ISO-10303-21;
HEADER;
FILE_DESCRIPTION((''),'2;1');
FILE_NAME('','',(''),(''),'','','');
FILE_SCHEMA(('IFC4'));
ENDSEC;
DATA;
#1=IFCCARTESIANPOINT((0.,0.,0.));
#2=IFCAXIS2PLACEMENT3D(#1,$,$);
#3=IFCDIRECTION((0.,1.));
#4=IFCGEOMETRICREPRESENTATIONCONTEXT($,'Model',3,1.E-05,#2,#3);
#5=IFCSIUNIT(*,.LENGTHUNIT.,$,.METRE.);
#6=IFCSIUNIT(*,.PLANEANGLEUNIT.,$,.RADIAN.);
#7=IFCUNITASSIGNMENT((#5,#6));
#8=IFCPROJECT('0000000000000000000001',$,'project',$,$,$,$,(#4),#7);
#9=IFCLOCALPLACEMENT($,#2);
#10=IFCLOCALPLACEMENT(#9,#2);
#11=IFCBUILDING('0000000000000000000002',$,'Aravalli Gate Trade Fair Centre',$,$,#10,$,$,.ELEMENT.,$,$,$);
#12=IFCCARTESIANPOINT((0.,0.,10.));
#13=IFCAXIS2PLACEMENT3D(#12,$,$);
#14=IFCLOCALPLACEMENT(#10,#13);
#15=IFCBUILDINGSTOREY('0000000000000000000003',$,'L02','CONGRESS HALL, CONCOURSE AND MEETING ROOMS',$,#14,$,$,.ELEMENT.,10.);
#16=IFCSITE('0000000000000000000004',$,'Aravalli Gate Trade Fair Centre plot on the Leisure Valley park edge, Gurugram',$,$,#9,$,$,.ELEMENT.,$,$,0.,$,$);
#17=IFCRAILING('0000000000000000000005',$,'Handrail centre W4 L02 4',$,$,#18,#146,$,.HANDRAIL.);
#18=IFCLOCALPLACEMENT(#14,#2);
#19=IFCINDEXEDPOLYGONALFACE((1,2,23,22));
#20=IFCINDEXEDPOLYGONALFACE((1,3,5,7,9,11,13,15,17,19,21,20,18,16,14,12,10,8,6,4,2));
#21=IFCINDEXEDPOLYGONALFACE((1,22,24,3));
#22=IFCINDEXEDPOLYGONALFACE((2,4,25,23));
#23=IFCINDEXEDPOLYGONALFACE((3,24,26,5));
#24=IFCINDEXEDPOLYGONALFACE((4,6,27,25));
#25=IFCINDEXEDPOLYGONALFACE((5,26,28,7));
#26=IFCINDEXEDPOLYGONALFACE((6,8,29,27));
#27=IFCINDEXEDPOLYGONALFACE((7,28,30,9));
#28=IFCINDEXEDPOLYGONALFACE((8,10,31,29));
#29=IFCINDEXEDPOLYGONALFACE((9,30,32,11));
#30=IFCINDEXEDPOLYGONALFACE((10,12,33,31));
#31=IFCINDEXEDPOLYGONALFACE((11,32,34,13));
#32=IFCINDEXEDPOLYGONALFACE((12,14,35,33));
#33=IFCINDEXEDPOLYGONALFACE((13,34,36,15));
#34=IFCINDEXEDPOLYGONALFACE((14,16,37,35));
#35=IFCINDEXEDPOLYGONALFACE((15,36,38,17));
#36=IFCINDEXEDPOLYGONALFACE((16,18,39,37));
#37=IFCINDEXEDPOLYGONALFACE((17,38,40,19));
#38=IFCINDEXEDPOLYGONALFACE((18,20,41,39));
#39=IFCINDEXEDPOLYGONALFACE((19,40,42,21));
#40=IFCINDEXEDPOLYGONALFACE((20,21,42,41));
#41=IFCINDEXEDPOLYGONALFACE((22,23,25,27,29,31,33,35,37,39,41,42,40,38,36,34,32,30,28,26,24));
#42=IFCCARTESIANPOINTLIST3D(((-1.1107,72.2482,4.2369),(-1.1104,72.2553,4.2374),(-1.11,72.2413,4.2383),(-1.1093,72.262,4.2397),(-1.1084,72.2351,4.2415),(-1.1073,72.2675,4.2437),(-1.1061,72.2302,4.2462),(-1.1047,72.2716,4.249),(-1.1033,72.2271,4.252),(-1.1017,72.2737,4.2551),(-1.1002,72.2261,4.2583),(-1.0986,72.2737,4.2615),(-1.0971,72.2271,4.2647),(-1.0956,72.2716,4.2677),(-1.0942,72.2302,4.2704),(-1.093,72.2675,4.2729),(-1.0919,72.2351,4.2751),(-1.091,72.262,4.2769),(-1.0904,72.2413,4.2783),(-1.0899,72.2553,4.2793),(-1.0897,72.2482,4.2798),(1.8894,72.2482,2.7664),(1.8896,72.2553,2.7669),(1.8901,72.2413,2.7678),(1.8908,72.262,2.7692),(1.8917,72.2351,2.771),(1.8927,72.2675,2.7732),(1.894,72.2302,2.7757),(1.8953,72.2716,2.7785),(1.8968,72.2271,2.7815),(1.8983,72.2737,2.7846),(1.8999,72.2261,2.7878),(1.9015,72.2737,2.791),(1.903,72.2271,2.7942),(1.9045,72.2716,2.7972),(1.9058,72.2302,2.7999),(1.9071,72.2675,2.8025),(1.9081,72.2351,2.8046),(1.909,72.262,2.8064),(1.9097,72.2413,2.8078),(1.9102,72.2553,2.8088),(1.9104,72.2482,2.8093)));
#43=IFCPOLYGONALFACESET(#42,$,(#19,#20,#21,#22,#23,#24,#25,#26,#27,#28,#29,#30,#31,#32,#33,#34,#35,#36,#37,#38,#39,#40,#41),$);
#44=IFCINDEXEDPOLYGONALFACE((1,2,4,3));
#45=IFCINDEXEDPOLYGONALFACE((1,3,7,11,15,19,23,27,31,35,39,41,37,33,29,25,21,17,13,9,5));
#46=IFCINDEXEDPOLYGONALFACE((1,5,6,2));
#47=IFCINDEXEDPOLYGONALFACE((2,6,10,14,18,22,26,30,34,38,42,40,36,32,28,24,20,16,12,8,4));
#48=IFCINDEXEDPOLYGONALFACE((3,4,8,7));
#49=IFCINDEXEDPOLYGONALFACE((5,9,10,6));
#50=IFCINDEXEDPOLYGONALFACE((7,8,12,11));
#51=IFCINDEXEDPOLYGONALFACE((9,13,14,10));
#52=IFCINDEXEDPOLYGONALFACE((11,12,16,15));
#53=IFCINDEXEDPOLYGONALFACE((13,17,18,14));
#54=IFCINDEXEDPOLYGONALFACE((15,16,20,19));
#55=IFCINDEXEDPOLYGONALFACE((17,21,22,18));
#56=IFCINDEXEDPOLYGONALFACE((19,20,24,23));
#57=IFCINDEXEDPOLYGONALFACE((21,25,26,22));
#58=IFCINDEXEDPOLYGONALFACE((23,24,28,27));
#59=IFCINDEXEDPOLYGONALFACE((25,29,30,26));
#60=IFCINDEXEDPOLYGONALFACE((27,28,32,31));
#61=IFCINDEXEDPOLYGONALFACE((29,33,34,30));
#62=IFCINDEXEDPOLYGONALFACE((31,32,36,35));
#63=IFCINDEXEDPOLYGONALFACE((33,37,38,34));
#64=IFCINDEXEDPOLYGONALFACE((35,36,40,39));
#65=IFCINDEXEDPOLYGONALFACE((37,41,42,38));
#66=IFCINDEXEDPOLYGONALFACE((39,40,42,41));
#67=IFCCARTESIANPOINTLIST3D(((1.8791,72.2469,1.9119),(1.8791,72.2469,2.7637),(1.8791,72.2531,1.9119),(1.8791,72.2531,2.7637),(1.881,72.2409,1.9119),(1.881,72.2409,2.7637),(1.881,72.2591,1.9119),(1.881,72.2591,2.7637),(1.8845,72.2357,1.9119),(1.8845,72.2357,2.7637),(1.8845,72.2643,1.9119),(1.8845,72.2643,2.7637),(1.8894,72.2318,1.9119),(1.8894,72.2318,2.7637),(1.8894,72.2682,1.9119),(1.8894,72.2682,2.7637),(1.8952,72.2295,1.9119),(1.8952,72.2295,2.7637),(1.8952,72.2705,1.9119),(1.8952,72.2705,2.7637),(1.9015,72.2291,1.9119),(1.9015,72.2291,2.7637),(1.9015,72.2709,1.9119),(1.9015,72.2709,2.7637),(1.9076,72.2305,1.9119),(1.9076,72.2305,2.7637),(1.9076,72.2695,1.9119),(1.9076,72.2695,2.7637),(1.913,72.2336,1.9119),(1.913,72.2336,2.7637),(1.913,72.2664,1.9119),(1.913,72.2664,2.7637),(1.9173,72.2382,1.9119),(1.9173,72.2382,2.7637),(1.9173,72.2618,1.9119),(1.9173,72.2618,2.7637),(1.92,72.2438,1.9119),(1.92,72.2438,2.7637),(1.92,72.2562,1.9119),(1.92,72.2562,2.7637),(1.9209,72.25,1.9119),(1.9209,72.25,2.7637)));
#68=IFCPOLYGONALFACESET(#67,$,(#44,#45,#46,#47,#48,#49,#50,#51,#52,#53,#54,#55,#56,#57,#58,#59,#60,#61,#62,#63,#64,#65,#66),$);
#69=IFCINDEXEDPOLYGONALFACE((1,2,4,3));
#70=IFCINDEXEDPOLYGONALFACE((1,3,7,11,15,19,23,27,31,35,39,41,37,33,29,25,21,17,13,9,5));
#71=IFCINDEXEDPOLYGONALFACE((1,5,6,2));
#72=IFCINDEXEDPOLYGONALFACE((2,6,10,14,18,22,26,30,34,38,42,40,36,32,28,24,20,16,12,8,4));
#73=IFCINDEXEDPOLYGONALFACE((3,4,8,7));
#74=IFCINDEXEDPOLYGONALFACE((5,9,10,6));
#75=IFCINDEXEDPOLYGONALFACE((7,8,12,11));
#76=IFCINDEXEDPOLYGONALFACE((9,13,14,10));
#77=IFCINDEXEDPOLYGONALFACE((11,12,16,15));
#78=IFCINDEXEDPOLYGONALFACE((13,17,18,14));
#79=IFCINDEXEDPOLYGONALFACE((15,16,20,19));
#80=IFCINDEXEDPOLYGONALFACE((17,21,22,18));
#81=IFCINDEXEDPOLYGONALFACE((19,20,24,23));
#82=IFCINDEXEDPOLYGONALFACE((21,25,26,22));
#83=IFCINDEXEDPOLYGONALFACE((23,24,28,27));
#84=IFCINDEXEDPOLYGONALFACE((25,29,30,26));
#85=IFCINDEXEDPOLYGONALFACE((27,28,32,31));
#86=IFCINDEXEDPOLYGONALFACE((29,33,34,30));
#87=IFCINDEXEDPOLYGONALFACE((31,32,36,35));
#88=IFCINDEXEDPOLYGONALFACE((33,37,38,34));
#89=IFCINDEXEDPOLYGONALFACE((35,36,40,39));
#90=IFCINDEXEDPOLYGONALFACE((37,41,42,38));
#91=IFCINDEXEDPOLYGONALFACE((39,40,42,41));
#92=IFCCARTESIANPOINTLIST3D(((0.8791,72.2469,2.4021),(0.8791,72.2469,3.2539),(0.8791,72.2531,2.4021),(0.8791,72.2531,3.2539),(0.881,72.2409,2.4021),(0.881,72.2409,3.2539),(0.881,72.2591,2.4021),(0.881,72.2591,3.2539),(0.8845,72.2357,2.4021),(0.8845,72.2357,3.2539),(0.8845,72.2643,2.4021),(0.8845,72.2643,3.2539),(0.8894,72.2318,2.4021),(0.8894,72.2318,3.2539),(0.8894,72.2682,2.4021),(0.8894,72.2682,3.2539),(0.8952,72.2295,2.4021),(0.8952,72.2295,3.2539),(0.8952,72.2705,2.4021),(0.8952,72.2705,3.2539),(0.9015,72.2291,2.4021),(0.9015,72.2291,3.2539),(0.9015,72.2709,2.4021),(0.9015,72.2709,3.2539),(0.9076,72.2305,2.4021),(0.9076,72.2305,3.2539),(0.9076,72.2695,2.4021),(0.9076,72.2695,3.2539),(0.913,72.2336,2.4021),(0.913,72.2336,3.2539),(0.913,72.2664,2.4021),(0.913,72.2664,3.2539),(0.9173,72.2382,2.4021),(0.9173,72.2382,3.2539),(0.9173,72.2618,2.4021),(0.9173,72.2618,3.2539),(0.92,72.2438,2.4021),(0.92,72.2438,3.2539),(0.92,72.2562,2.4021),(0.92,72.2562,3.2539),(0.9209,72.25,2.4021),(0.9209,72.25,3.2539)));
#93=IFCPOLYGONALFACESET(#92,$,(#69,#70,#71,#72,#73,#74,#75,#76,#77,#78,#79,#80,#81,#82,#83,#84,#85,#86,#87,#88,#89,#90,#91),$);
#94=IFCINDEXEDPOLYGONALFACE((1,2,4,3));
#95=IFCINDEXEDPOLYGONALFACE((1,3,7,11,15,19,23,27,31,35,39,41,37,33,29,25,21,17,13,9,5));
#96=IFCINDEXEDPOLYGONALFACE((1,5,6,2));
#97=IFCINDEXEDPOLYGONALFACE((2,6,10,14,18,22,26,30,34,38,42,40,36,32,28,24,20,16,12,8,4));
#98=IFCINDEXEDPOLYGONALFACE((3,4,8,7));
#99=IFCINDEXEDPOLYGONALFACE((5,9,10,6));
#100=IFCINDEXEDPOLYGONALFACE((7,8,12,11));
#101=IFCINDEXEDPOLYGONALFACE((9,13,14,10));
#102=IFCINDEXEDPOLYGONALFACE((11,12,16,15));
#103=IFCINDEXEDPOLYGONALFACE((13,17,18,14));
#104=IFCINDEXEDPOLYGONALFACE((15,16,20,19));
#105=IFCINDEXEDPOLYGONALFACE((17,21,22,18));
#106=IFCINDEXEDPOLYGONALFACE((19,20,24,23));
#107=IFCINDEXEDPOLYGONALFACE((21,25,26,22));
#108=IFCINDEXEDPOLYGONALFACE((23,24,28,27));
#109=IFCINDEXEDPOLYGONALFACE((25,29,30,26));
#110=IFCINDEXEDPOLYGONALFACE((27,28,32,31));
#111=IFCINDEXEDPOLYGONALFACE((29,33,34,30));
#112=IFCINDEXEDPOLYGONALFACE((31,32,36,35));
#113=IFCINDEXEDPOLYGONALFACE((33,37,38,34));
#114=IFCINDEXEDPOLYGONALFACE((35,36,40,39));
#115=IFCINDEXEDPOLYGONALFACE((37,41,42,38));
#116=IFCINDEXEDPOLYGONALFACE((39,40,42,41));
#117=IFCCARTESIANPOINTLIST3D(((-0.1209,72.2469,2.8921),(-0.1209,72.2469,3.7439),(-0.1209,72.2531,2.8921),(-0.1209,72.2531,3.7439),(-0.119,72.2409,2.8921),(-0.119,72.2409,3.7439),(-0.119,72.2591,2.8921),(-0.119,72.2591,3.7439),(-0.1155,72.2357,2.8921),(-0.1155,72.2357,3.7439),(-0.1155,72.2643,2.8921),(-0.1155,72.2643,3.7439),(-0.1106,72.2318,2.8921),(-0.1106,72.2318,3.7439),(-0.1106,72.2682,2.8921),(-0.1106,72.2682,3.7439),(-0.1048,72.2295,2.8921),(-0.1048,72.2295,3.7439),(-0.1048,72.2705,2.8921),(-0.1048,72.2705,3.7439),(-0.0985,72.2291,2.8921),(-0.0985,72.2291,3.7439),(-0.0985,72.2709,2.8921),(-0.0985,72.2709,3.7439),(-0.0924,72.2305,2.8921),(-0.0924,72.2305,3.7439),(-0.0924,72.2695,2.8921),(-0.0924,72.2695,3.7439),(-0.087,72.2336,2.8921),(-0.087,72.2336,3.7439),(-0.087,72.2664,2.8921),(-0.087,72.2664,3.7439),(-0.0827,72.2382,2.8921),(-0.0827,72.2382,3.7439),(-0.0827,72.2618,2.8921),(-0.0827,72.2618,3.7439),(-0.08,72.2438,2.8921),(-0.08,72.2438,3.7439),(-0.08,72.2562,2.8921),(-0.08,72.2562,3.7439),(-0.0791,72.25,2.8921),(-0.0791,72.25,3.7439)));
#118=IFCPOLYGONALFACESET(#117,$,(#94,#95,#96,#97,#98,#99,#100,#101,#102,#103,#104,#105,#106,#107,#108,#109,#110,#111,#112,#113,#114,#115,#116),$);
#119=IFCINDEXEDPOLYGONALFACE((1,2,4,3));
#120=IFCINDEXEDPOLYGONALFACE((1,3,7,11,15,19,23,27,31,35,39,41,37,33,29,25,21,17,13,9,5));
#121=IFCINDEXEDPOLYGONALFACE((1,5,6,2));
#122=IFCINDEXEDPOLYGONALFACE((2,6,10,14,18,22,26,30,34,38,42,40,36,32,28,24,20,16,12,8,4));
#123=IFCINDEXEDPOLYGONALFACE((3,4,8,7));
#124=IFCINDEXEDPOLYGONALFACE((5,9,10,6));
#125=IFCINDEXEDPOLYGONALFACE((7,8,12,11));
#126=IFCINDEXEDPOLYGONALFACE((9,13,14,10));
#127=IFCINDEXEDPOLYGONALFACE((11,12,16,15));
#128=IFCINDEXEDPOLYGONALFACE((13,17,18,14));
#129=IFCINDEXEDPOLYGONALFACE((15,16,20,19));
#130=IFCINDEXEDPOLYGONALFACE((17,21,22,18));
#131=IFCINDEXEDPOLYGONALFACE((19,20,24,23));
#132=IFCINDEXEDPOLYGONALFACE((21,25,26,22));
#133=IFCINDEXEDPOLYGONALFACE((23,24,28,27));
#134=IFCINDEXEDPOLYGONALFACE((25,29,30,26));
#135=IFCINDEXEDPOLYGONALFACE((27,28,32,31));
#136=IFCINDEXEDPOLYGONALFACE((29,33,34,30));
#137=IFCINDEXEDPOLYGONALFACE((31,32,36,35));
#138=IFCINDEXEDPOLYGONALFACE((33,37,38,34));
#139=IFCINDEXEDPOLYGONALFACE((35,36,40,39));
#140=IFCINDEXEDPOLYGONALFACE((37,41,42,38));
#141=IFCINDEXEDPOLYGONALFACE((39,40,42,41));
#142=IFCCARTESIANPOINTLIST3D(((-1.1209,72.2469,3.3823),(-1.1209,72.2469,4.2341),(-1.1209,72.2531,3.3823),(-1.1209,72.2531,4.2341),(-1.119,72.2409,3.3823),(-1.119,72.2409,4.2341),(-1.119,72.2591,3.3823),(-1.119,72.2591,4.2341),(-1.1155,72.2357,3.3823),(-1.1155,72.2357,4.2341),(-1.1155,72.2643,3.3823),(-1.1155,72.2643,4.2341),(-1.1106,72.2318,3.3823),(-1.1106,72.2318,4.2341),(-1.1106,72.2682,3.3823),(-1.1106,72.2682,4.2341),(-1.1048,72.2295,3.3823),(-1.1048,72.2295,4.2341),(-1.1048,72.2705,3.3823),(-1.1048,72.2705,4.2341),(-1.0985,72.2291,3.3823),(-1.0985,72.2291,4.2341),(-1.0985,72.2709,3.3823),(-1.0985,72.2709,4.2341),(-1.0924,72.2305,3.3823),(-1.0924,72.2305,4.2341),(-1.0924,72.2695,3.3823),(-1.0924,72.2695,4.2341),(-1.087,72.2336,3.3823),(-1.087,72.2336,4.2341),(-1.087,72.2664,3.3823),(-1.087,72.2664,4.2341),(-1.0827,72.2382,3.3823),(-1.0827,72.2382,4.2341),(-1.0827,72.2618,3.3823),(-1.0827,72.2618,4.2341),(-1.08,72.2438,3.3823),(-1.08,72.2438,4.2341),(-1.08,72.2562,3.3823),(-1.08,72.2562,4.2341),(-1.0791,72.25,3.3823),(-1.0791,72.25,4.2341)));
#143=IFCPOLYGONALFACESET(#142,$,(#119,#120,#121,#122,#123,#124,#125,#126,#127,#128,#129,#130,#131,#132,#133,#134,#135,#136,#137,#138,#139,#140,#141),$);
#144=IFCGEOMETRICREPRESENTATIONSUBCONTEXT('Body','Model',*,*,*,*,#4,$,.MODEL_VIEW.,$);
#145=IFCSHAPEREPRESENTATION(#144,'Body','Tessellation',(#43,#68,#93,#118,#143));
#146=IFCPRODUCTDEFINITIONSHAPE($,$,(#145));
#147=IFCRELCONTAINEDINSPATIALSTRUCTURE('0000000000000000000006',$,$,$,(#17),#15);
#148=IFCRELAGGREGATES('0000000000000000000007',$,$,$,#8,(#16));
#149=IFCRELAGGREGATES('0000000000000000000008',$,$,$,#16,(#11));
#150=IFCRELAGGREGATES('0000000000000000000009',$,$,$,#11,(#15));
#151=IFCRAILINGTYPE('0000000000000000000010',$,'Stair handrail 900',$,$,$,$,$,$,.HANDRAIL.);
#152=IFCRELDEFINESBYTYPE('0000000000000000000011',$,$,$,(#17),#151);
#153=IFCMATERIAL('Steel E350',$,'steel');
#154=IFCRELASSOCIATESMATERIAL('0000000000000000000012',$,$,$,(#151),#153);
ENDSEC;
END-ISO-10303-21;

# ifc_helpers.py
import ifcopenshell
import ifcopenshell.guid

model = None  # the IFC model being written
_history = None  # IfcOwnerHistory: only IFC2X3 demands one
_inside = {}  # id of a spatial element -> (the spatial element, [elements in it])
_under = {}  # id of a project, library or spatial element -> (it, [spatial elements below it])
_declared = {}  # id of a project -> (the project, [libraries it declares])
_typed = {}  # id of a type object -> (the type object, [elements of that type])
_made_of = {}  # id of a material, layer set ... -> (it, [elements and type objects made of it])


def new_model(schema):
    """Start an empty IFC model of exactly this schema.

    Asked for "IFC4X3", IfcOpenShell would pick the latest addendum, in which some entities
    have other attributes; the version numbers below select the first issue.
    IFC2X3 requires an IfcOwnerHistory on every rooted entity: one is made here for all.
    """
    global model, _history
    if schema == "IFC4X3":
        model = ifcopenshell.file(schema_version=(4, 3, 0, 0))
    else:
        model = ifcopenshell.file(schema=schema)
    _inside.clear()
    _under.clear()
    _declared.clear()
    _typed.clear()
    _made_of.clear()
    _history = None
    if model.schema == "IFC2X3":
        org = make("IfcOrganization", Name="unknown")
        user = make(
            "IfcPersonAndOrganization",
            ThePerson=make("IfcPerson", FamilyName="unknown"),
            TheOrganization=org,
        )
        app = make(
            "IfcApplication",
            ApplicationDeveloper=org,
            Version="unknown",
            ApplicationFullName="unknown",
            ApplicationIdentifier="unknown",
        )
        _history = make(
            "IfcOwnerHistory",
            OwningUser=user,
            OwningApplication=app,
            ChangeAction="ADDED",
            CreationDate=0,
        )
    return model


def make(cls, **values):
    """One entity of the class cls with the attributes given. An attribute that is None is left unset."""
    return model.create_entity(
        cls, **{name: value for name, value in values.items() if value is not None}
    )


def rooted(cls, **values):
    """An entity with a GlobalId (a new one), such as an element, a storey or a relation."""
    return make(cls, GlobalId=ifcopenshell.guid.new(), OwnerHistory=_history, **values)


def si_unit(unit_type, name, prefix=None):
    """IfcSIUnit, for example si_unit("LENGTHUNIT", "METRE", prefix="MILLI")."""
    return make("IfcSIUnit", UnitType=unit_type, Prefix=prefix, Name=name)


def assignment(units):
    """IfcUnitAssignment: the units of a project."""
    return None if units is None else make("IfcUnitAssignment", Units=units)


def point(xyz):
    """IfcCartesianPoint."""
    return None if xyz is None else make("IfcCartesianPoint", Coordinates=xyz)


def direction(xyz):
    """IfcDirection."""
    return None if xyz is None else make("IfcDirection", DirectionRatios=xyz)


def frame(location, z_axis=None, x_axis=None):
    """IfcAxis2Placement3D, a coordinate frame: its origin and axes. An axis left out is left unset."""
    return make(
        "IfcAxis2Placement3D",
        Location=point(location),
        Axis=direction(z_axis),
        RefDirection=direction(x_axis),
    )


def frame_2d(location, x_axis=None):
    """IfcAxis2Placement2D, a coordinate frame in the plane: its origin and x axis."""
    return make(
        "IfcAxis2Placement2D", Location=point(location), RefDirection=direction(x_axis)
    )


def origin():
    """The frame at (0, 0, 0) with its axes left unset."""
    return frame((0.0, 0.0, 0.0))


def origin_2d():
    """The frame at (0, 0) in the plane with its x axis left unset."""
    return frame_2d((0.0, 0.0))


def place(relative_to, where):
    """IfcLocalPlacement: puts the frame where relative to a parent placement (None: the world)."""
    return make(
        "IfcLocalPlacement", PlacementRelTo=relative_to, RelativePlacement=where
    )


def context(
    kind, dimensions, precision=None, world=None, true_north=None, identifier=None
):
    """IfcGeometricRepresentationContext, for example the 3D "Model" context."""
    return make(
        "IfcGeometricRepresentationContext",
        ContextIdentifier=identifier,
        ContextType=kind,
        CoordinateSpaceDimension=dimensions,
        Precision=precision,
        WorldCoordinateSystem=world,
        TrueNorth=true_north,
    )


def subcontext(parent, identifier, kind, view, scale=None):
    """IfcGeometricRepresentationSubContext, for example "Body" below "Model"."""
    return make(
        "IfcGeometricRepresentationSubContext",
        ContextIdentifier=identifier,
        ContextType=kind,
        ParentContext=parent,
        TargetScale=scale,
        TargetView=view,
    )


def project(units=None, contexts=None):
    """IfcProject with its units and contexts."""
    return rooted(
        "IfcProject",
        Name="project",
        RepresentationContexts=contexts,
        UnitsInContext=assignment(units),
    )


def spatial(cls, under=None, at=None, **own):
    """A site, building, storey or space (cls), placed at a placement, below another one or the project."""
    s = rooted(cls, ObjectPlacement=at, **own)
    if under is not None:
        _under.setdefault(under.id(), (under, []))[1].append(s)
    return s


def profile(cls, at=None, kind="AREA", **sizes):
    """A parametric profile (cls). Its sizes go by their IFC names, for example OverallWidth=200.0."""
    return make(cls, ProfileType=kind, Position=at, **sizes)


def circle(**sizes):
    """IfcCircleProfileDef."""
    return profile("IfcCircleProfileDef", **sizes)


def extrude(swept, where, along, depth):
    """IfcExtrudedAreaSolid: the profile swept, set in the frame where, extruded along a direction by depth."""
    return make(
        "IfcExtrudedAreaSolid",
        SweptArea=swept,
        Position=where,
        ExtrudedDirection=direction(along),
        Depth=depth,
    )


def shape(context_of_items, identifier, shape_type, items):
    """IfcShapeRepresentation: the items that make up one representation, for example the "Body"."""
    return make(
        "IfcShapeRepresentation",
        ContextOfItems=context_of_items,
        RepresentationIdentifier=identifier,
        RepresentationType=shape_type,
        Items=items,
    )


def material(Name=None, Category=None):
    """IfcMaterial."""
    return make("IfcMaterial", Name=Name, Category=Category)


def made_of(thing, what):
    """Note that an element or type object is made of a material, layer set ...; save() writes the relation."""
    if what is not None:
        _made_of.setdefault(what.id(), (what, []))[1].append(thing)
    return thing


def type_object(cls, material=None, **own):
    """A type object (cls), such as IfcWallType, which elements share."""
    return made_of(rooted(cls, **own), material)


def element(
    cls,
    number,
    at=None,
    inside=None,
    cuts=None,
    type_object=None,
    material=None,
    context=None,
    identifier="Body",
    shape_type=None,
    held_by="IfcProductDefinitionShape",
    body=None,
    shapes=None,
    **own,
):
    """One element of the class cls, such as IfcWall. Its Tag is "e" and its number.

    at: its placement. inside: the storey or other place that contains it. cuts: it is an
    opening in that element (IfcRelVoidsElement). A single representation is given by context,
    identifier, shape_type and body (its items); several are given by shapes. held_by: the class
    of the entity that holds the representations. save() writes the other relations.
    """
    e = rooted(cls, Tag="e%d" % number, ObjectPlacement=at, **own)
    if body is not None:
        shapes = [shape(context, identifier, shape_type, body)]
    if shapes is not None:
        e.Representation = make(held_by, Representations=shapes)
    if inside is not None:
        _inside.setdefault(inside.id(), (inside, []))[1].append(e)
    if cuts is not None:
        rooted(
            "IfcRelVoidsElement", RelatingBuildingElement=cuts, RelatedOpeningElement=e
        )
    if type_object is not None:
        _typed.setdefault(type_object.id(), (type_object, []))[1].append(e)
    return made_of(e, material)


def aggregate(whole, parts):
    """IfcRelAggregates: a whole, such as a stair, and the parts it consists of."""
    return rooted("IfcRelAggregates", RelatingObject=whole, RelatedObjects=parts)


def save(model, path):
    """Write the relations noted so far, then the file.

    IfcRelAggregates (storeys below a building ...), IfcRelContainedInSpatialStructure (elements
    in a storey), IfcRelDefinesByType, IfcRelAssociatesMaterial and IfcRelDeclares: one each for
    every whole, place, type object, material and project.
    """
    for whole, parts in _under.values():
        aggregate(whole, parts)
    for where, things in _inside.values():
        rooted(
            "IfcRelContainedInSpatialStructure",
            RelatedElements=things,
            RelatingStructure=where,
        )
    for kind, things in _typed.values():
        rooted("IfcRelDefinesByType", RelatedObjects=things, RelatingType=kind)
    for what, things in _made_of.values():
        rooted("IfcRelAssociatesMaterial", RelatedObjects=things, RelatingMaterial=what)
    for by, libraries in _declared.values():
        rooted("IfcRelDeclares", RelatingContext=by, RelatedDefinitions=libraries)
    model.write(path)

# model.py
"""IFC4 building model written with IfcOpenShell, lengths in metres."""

from ifc_helpers import new_model, si_unit, direction, frame, origin, origin_2d, place, context, subcontext, project, spatial, circle, extrude, material, type_object, element, save


model = new_model("IFC4")

# Units and contexts
model_context = context("Model", 3, precision=1e-05, world=origin(), true_north=direction((0.0, 1.0)))
body_context = subcontext(model_context, "Body", "Model", "MODEL_VIEW")
ifc_project = project(units=[si_unit("LENGTHUNIT", "METRE"), si_unit("PLANEANGLEUNIT", "RADIAN")], contexts=[model_context])

# Site, building, storey
site_placement = place(None, origin())
site = spatial("IfcSite", under=ifc_project, at=site_placement, Name="Aravalli Gate Trade Fair Centre plot on the Leisure Valley park edge, Gurugram", CompositionType="ELEMENT", RefElevation=0.0)
building_placement = place(site_placement, origin())
building = spatial("IfcBuilding", under=site, at=building_placement, Name="Aravalli Gate Trade Fair Centre", CompositionType="ELEMENT")
storey_placement = place(building_placement, frame((0.0, 0.0, 10.0)))
storey = spatial("IfcBuildingStorey", under=building, at=storey_placement, Name="L02", Description="CONGRESS HALL, CONCOURSE AND MEETING ROOMS", CompositionType="ELEMENT", Elevation=10.0)

# Shared definitions
ifc_material_1 = material(Name="Steel E350", Category="steel")

# Railing
railing_type_1 = type_object("IfcRailingType", Name="Stair handrail 900", PredefinedType="HANDRAIL", material=ifc_material_1)
railing_1_placement = place(storey_placement, frame((1.8999, 72.25, 1.9119)))
element("IfcRailing", 1, at=railing_1_placement, inside=storey, type_object=railing_type_1, Name="Handrail centre W4 L02 4", PredefinedType="HANDRAIL", context=body_context, shape_type="SweptSolid", body=[
    extrude(circle(Radius=0.0239, at=origin_2d()), frame((0.0, 0.0, 0.876), z_axis=(-0.897936, 0.0, 0.440126), x_axis=(0.0, -1.0, 0.0)), (0.0, 0.0, 1.0), 3.3411),
    extrude(circle(Radius=0.021, at=origin_2d()), origin(), (0.0, 0.0, 1.0), 0.8518),
    extrude(circle(Radius=0.021, at=origin_2d()), frame((-1.0, 0.0, 0.4902)), (0.0, 0.0, 1.0), 0.8518),
    extrude(circle(Radius=0.021, at=origin_2d()), frame((-2.0, 0.0, 0.9802)), (0.0, 0.0, 1.0), 0.8518),
    extrude(circle(Radius=0.021, at=origin_2d()), frame((-3.0, 0.0, 1.4705)), (0.0, 0.0, 1.0), 0.8518),
])

save(model, "model.ifc")
